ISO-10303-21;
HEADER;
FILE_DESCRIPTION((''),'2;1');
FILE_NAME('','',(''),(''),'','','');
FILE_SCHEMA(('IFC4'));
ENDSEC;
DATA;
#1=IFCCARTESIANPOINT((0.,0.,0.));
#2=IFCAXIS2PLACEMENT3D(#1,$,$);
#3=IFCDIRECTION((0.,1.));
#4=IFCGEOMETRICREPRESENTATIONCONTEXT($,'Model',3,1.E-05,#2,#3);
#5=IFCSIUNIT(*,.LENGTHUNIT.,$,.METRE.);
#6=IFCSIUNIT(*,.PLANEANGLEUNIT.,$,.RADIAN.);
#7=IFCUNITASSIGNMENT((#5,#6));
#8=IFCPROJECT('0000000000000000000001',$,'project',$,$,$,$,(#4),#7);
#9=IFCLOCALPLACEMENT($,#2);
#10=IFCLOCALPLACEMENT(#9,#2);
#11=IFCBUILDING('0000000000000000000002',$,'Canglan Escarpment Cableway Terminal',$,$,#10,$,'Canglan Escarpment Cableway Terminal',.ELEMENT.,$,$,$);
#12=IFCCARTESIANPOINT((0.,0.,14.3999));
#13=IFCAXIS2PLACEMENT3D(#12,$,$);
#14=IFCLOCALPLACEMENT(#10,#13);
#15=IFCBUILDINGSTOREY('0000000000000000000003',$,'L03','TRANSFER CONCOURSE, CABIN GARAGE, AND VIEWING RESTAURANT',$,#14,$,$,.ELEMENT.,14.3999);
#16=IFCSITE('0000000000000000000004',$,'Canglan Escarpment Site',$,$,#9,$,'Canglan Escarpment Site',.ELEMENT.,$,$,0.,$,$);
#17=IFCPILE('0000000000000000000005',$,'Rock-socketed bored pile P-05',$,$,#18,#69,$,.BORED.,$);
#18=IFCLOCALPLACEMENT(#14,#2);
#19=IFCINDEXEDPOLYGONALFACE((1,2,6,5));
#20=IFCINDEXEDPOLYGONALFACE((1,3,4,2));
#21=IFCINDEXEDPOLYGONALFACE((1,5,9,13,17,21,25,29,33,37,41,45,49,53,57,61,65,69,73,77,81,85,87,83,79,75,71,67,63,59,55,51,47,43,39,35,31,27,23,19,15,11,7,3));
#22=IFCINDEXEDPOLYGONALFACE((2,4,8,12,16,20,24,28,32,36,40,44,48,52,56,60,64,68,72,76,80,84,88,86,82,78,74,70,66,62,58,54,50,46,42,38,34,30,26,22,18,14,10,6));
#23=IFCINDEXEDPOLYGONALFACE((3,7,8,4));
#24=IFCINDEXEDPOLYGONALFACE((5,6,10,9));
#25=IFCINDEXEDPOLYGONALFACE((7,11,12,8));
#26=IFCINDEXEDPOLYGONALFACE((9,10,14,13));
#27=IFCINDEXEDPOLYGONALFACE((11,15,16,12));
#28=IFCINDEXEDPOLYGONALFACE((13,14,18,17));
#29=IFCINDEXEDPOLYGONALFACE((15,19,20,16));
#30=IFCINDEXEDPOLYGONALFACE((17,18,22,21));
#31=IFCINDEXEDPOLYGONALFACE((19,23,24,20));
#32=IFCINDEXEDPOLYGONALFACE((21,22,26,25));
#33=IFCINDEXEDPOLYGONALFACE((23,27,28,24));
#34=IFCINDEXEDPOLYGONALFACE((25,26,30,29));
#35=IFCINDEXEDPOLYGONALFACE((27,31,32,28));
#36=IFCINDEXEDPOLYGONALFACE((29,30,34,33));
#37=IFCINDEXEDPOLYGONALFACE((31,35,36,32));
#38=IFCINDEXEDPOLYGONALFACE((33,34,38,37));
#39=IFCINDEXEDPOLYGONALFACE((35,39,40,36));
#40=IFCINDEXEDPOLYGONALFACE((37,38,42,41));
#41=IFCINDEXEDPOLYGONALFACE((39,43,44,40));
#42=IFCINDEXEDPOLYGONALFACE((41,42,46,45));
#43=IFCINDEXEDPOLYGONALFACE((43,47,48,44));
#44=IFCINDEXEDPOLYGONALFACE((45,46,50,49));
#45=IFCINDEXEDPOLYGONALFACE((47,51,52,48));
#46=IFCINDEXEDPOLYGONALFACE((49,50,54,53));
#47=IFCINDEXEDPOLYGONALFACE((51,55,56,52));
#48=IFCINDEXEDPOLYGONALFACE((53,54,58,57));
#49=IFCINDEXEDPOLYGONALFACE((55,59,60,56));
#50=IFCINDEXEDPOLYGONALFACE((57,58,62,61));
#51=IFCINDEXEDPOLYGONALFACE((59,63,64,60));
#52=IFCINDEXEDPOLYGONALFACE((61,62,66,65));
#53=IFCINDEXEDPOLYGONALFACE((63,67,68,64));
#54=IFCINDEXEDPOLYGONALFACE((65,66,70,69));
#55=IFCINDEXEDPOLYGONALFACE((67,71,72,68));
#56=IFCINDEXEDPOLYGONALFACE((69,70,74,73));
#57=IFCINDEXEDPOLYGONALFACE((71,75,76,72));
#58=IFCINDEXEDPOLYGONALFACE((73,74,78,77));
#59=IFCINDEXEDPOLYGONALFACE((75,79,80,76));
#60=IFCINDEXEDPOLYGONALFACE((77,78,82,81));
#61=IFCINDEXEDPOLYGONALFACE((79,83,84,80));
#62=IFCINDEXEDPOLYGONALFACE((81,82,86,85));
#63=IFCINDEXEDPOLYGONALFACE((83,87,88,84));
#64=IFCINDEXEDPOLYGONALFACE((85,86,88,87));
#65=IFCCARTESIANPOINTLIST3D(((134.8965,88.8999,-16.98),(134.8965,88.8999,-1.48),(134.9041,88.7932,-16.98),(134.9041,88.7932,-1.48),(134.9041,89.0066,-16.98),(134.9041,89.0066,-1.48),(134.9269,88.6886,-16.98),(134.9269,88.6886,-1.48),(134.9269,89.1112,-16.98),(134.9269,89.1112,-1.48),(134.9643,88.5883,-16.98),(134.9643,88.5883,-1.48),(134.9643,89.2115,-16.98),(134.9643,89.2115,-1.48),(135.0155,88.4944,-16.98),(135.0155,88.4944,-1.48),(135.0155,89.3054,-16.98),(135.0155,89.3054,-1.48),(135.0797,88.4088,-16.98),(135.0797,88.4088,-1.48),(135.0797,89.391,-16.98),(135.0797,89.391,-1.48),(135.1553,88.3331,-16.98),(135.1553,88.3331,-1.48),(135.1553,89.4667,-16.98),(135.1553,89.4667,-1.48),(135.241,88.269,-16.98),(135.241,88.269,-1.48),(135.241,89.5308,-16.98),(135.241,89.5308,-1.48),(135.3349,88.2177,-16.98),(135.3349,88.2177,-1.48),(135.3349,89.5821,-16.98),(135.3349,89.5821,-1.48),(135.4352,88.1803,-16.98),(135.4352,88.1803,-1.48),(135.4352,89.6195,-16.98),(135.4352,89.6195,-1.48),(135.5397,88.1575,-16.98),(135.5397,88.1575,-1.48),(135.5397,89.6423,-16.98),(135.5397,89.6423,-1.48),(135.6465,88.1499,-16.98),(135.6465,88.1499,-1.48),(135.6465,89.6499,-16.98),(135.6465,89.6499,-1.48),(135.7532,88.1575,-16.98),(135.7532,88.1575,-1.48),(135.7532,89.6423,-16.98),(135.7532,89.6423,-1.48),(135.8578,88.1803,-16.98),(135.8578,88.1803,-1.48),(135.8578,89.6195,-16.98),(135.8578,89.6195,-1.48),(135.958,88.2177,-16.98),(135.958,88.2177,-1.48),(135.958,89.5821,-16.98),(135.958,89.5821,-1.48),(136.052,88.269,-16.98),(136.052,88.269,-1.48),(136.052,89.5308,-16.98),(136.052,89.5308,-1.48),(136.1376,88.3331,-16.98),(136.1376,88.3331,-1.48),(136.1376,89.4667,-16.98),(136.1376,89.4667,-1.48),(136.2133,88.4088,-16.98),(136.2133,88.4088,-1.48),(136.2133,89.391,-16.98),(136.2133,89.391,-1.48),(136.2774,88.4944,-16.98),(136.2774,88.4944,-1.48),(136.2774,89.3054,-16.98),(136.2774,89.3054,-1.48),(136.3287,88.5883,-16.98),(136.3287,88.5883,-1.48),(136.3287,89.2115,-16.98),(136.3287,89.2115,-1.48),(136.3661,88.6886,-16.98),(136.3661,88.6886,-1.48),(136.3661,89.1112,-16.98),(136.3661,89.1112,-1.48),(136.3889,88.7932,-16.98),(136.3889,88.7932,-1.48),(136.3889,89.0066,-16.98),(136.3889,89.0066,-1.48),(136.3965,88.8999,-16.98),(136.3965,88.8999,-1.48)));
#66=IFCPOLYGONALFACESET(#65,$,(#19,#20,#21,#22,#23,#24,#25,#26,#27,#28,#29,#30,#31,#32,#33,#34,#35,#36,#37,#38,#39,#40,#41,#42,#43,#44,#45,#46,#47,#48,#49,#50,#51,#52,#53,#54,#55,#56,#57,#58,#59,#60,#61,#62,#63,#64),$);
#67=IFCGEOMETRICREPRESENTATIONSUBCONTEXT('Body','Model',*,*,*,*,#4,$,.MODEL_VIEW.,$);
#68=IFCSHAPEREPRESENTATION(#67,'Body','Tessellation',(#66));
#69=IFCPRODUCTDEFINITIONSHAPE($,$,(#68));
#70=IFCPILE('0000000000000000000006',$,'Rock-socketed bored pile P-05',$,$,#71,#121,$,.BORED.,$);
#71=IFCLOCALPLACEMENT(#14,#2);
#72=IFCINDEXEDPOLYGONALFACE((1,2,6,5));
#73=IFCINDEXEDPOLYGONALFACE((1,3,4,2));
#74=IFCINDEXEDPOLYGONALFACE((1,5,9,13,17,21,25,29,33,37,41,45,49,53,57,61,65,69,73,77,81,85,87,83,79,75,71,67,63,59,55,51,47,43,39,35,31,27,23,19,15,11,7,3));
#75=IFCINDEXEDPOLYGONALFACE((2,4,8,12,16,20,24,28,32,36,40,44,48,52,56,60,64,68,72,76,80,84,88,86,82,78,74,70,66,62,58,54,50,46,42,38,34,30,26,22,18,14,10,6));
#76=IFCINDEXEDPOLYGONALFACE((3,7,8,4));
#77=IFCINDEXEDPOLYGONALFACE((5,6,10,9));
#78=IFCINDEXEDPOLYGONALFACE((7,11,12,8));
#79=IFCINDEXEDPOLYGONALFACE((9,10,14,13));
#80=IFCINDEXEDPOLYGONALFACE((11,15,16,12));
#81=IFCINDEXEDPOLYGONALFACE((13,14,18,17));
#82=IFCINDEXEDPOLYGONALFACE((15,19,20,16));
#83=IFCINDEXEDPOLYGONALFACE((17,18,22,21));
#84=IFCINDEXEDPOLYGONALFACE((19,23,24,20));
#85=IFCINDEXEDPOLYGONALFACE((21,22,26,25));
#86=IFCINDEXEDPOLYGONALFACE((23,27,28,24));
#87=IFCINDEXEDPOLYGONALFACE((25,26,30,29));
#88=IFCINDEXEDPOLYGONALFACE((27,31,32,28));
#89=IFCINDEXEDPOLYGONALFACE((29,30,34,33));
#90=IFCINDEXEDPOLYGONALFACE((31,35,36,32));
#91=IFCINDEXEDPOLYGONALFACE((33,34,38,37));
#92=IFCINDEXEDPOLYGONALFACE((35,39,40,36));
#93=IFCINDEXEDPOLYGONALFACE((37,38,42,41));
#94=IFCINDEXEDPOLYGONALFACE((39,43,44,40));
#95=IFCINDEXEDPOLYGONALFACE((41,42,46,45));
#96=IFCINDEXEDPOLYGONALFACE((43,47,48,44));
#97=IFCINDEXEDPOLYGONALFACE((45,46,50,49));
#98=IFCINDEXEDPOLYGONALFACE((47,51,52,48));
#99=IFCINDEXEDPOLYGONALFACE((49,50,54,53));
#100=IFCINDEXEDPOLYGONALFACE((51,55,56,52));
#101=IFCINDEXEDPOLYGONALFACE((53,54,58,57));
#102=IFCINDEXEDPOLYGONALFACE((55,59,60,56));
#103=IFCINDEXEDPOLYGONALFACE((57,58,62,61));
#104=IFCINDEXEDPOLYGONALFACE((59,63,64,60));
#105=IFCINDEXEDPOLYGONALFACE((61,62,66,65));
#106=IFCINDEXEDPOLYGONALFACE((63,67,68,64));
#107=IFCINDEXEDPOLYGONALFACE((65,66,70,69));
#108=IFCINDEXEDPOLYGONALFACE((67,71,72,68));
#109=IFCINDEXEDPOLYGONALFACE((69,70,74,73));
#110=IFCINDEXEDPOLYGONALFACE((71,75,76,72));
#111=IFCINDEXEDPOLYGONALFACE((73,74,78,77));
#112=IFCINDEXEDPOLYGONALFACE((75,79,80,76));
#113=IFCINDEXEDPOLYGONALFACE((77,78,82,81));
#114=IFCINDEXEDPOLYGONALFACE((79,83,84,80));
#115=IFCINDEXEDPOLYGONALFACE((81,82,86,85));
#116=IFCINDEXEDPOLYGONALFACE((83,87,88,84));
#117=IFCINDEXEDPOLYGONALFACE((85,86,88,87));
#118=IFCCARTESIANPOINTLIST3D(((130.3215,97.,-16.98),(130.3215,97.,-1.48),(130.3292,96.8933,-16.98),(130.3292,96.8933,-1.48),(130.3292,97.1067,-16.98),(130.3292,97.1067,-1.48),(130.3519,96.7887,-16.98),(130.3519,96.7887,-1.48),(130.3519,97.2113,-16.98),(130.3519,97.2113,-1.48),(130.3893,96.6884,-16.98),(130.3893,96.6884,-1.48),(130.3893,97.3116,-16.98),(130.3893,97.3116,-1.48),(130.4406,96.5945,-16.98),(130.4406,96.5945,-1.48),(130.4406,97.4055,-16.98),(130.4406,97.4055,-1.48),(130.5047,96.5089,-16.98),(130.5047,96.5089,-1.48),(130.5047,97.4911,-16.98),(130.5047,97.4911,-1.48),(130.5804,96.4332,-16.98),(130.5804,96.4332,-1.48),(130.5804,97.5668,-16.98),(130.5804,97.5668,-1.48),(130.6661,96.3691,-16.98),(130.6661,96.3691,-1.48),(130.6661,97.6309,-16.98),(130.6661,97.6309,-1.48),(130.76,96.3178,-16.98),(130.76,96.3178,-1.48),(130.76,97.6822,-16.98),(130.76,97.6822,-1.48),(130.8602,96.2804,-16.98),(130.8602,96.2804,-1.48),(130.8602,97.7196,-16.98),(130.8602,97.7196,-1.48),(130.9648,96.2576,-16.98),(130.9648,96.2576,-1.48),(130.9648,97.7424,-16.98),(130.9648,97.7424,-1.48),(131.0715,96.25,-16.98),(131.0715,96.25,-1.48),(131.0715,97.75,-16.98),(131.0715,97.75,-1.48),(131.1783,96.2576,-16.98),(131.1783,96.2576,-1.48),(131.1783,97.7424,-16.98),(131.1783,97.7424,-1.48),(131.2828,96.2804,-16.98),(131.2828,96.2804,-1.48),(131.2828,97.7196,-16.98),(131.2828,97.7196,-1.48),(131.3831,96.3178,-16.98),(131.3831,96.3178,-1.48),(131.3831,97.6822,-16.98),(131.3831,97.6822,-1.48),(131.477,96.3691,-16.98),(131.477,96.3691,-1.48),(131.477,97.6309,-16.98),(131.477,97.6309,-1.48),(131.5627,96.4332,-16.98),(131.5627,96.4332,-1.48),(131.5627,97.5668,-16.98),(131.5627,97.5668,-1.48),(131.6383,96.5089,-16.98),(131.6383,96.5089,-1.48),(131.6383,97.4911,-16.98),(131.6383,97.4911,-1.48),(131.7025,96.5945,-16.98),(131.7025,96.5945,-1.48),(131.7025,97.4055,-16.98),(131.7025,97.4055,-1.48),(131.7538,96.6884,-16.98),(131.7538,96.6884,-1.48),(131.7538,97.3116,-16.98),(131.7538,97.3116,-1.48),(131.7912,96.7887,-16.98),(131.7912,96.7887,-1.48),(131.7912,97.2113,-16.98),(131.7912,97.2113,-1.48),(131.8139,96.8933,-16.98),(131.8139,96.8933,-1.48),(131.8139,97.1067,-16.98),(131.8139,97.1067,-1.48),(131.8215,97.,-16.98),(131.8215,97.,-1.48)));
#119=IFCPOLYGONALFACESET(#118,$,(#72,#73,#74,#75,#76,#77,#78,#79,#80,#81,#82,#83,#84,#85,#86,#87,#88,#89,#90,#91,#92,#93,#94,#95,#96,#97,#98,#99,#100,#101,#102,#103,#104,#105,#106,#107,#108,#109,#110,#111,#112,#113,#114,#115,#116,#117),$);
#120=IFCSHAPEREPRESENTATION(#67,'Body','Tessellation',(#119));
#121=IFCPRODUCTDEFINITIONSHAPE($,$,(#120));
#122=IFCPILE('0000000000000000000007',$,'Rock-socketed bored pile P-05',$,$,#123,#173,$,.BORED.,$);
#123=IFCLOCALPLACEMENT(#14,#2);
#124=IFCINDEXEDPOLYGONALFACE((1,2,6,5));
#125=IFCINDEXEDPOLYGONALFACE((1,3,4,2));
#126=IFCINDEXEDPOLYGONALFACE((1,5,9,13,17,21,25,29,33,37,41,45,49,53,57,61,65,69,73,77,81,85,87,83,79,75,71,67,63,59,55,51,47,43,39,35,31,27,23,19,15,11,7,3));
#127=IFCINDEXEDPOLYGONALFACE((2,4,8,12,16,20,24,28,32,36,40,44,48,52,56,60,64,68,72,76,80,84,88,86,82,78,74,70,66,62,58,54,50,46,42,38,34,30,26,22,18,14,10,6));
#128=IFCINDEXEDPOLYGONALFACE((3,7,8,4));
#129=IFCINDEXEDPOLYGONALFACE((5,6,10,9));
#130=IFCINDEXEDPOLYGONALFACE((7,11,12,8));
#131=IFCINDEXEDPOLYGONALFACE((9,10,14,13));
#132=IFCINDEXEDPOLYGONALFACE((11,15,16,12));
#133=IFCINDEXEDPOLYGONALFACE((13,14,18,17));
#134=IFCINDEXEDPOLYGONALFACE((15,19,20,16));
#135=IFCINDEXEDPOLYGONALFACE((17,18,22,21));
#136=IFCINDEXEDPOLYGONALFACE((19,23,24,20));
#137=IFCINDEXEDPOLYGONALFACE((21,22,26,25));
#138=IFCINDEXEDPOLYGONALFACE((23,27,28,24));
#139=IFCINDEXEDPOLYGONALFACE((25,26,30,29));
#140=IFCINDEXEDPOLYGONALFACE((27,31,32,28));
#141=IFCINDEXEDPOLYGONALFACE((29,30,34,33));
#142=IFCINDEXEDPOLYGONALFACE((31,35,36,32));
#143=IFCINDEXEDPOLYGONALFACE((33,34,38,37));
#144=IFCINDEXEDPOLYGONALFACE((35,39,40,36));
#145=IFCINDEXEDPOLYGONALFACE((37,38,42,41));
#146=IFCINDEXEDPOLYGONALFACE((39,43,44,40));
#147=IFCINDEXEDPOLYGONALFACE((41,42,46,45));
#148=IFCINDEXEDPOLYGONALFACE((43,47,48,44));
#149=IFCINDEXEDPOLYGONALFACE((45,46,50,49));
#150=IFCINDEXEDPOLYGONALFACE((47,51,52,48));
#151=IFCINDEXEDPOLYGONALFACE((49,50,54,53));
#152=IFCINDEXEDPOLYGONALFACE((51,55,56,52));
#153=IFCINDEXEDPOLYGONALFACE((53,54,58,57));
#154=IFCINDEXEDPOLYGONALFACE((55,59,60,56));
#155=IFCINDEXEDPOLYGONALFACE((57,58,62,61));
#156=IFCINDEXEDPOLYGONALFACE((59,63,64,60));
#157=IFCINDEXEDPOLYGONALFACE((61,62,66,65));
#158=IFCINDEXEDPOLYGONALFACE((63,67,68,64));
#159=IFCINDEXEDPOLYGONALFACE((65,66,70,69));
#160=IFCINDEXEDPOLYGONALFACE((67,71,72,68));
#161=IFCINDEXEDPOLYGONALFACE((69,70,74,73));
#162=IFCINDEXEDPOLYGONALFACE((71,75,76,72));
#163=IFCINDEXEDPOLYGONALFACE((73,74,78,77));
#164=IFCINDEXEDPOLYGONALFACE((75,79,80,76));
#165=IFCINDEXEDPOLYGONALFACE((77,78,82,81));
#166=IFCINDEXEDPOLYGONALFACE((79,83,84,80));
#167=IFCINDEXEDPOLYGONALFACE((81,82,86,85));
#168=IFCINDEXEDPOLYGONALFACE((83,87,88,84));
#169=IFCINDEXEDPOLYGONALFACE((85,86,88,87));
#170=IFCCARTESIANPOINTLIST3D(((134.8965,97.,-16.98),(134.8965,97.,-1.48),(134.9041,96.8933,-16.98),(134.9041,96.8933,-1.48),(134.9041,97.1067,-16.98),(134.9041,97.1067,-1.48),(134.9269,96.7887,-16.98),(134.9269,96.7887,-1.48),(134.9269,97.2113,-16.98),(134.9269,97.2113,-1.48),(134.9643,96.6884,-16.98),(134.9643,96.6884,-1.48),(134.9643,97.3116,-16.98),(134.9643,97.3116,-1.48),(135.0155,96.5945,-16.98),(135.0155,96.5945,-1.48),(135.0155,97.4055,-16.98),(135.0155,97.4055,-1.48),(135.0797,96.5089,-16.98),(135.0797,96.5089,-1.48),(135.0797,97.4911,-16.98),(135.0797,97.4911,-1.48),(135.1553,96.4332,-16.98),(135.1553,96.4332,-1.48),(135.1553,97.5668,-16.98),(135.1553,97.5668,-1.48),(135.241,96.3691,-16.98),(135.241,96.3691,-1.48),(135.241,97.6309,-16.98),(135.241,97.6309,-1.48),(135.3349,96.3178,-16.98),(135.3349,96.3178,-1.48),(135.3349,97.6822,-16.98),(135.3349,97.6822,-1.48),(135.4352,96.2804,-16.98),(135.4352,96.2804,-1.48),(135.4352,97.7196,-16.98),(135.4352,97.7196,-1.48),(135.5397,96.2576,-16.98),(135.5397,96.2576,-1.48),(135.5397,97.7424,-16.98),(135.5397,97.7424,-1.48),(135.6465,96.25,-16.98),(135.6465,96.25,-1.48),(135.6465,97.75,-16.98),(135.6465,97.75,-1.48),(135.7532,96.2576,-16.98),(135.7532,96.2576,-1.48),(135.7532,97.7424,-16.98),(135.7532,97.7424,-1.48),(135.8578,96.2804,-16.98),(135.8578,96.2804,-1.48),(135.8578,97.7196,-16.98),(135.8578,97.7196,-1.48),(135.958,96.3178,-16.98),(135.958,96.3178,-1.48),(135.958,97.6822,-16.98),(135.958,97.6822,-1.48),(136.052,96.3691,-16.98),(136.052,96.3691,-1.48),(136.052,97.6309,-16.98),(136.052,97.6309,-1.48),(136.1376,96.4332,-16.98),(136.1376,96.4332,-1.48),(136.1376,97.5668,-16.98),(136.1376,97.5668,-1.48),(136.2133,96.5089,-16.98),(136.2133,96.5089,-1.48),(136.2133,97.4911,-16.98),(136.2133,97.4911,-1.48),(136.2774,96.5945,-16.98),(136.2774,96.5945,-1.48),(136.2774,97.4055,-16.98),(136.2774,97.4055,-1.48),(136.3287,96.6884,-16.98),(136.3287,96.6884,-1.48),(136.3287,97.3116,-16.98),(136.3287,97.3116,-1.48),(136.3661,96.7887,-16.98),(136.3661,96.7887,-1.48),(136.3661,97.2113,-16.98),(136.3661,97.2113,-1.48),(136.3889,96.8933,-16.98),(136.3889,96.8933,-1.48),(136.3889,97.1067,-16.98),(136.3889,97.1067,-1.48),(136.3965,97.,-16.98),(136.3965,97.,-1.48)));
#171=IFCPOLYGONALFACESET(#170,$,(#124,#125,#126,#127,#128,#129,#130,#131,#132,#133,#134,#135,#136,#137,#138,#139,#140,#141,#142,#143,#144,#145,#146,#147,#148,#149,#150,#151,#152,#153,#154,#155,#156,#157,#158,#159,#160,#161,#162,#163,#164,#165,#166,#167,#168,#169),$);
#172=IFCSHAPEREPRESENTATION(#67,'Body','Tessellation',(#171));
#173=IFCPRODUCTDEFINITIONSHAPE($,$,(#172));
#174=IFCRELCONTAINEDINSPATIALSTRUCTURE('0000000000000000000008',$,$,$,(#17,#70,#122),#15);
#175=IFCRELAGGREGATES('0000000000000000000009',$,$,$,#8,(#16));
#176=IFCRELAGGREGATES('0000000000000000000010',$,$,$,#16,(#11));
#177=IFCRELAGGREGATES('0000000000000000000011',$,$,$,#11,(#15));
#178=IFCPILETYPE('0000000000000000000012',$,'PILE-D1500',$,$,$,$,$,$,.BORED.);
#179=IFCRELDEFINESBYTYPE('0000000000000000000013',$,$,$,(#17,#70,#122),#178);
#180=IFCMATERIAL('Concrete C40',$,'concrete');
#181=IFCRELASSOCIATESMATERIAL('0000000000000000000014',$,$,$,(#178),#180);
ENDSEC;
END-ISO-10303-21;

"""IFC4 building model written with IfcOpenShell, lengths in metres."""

from ifc_helpers import new_model, si_unit, direction, frame, origin, origin_2d, place, context, subcontext, project, spatial, circle, extrude, material, material_profile, profile_set, type_object, element, save


model = new_model("IFC4")

# Units and contexts
model_context = context("Model", 3, precision=1e-05, world=origin(), true_north=direction((0.0, 1.0)))
body_context = subcontext(model_context, "Body", "Model", "MODEL_VIEW")
ifc_project = project(units=[si_unit("LENGTHUNIT", "METRE"), si_unit("PLANEANGLEUNIT", "RADIAN")], contexts=[model_context])

# Site, building, storey
site_placement = place(None, origin())
site = spatial("IfcSite", under=ifc_project, at=site_placement, Name="Canglan Escarpment Site", LongName="Canglan Escarpment Site", CompositionType="ELEMENT", RefElevation=0.0)
building_placement = place(site_placement, origin())
building = spatial("IfcBuilding", under=site, at=building_placement, Name="Canglan Escarpment Cableway Terminal", LongName="Canglan Escarpment Cableway Terminal", CompositionType="ELEMENT")
storey_placement = place(building_placement, frame((0.0, 0.0, 14.3999)))
storey = spatial("IfcBuildingStorey", under=building, at=storey_placement, Name="L03", Description="TRANSFER CONCOURSE, CABIN GARAGE, AND VIEWING RESTAURANT", CompositionType="ELEMENT", Elevation=14.3999)

# Shared definitions
ifc_material_1 = material(Name="Concrete C40", Category="concrete")

# Piles
ifc_material_profile_1 = material_profile(ifc_material_1, circle(Radius=0.75, at=origin_2d()), Name="BORED PILE D1500")
ifc_profile_set_1 = profile_set([ifc_material_profile_1], Name="Concrete C40")
pile_type = type_object("IfcPileType", Name="PILE-D1500", PredefinedType="BORED", material=ifc_profile_set_1)
for number, where, z_axis, x_axis, name in (
    (1, (135.6465, 88.8999, -1.48), (0.0, 0.0, -1.0), (1.0, 0.0, 0.0), "Rock-socketed bored pile P-05"),
    (2, (131.0715, 97.0, -1.48), (0.0, 0.0, -1.0), (1.0, 0.0, 0.0), "Rock-socketed bored pile P-05"),
    (3, (135.6465, 97.0, -1.48), (0.0, 0.0, -1.0), (1.0, 0.0, 0.0), "Rock-socketed bored pile P-05"),
):
    element("IfcPile", number, at=place(storey_placement, frame(where, z_axis=z_axis, x_axis=x_axis)), inside=storey, type_object=pile_type, Name=name, PredefinedType="BORED", context=body_context, shape_type="SweptSolid", body=[
        extrude(circle(Radius=0.75, at=origin_2d()), origin(), (0.0, 0.0, 1.0), 15.5),
    ])

save(model, "model.ifc")
